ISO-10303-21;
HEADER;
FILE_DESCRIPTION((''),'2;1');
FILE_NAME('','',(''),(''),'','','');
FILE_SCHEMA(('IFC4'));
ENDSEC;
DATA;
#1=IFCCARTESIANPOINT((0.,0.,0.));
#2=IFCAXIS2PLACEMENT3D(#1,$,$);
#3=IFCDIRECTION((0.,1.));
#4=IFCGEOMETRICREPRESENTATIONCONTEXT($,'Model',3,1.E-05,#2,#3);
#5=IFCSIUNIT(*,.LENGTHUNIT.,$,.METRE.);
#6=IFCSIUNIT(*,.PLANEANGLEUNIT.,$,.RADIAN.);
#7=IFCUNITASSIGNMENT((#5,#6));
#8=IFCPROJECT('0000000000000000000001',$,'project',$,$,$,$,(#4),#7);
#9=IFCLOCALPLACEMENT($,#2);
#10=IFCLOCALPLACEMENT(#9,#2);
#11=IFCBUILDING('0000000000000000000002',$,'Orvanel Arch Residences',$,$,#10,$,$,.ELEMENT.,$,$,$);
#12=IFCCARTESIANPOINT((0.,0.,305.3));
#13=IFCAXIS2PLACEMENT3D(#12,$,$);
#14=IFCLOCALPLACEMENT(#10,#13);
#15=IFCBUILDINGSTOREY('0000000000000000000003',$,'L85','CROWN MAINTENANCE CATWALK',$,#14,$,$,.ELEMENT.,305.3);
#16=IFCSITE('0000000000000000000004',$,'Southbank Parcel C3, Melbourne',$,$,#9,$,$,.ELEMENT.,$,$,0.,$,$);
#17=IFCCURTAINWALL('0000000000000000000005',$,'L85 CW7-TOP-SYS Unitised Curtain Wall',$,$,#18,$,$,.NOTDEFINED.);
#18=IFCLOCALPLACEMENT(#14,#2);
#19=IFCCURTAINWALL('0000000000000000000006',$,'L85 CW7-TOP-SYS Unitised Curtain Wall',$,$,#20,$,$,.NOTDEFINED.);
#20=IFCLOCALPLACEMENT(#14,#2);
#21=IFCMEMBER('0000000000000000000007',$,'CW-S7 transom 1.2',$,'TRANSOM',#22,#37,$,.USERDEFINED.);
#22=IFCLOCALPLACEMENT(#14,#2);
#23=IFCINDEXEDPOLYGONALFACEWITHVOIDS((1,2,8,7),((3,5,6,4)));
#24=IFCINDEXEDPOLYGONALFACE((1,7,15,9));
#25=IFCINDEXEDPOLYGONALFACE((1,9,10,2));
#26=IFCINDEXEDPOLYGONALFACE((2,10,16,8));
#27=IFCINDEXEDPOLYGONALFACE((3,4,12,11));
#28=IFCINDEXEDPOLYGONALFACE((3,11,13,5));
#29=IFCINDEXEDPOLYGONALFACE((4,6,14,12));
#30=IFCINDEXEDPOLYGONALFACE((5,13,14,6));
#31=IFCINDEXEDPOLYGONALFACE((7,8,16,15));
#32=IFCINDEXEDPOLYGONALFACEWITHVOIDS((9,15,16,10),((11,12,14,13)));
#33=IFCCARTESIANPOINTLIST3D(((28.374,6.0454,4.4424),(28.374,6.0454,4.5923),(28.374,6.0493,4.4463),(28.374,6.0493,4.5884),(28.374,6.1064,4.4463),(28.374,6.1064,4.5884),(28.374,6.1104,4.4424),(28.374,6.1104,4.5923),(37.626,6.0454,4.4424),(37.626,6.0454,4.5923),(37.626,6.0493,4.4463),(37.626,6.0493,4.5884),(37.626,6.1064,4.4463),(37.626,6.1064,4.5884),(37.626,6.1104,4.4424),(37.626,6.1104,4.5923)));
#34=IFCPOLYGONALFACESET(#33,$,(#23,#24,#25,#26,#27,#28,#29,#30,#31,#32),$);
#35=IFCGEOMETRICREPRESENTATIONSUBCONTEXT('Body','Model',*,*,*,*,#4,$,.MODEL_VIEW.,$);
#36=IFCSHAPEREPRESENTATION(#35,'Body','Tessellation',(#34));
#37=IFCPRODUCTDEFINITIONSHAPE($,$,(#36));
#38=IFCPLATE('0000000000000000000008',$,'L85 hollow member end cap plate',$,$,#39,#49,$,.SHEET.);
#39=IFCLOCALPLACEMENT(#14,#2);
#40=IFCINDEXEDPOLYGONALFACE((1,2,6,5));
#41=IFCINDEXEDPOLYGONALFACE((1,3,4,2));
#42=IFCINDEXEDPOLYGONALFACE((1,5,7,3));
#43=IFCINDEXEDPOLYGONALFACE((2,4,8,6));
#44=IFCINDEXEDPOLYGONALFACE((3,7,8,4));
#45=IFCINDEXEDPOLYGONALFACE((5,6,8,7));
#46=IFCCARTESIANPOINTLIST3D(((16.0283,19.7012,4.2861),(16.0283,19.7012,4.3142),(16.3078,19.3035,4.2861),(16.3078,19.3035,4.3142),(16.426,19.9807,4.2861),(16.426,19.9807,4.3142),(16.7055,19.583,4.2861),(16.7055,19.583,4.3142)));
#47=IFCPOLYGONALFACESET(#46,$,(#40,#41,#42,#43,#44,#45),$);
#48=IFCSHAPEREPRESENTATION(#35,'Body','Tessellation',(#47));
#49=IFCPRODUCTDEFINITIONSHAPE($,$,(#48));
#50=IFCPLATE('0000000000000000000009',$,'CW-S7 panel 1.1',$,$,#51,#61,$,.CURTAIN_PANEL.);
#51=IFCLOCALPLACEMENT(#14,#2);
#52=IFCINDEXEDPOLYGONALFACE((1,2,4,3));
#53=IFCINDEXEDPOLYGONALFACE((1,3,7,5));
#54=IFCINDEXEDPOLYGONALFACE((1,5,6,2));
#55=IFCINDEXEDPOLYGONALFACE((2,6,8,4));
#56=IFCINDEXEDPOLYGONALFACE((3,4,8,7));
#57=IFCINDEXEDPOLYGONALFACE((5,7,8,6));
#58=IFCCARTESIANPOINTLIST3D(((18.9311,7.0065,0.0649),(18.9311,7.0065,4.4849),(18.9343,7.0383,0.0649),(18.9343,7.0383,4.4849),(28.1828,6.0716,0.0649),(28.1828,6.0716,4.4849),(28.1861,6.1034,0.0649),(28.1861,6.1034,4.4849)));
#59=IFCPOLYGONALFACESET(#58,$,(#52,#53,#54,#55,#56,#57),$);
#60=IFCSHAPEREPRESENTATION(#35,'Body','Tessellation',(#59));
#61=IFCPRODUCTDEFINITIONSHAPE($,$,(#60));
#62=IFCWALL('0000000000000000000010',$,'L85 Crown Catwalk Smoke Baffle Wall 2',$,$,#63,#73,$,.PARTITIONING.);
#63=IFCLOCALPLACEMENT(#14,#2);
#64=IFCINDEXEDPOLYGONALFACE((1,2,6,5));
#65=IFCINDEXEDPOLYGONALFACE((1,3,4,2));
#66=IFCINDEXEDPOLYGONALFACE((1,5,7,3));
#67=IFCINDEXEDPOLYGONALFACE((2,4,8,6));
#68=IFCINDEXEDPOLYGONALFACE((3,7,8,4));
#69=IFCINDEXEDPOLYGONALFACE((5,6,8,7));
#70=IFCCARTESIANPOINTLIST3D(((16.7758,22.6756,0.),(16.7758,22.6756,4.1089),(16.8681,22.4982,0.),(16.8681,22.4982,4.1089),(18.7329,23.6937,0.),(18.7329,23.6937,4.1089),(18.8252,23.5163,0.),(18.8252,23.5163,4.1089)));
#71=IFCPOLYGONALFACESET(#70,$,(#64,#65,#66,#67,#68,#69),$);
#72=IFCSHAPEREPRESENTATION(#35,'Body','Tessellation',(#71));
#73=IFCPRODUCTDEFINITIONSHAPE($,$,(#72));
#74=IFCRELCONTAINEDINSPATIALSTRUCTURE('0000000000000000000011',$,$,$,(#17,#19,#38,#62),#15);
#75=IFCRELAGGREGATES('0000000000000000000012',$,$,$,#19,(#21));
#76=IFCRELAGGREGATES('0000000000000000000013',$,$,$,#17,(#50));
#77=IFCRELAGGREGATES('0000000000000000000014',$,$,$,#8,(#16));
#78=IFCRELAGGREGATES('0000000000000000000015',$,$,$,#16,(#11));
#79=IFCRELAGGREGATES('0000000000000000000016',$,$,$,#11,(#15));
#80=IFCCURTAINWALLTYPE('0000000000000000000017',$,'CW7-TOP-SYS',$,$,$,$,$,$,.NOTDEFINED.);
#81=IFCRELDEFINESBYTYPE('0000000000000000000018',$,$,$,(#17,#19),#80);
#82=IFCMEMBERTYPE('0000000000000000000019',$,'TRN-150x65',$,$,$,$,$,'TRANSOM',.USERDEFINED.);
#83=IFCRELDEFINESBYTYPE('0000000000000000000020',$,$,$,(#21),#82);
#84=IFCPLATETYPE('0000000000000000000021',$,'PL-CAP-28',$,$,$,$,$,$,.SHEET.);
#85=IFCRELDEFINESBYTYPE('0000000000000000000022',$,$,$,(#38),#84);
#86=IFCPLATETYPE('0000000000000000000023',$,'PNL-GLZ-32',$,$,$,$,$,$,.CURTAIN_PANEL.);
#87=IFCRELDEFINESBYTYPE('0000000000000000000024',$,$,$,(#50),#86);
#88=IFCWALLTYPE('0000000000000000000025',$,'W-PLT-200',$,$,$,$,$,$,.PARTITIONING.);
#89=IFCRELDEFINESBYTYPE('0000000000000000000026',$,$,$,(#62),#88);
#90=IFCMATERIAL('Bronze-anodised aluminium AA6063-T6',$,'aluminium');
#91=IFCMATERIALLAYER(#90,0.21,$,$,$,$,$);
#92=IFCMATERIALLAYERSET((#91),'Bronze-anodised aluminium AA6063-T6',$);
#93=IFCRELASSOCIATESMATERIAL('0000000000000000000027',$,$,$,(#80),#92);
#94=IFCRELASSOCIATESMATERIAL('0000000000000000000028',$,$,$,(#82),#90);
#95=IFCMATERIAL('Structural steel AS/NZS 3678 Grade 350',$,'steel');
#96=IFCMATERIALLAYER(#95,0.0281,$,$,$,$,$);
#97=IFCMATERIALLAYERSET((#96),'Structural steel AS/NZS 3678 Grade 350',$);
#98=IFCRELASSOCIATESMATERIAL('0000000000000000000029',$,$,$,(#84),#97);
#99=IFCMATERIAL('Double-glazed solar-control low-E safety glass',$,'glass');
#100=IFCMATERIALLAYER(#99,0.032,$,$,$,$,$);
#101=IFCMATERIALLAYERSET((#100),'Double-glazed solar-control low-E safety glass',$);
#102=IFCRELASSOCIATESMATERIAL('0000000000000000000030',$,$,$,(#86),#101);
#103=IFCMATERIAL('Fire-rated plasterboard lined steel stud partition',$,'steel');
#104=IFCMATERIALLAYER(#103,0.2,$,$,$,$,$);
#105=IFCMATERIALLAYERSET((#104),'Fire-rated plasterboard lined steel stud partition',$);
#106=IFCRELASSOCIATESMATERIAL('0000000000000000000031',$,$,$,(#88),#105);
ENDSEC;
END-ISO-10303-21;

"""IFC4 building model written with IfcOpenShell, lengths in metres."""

from ifc_helpers import new_model, si_unit, direction, frame, frame_2d, origin, origin_2d, place, context, subcontext, project, spatial, rectangle, hollow_rectangle, extrude, material, layer, layer_set, material_profile, profile_set, type_object, element, aggregate, save


model = new_model("IFC4")

# Units and contexts
model_context = context("Model", 3, precision=1e-05, world=origin(), true_north=direction((0.0, 1.0)))
body_context = subcontext(model_context, "Body", "Model", "MODEL_VIEW")
ifc_project = project(units=[si_unit("LENGTHUNIT", "METRE"), si_unit("PLANEANGLEUNIT", "RADIAN")], contexts=[model_context])

# Site, building, storey
site_placement = place(None, origin())
site = spatial("IfcSite", under=ifc_project, at=site_placement, Name="Southbank Parcel C3, Melbourne", CompositionType="ELEMENT", RefElevation=0.0)
building_placement = place(site_placement, origin())
building = spatial("IfcBuilding", under=site, at=building_placement, Name="Orvanel Arch Residences", CompositionType="ELEMENT")
storey_placement = place(building_placement, frame((0.0, 0.0, 305.3)))
storey = spatial("IfcBuildingStorey", under=building, at=storey_placement, Name="L85", Description="CROWN MAINTENANCE CATWALK", CompositionType="ELEMENT", Elevation=305.3)

# Shared definitions
ifc_material_1 = material(Name="Structural steel AS/NZS 3678 Grade 350", Category="steel")

# Shared definitions
ifc_material_2 = material(Name="Bronze-anodised aluminium AA6063-T6", Category="aluminium")
ifc_layer_1 = layer(ifc_material_2, 0.21)
ifc_layer_set_1 = layer_set([ifc_layer_1], Name="Bronze-anodised aluminium AA6063-T6")
curtain_wall_type = type_object("IfcCurtainWallType", Name="CW7-TOP-SYS", PredefinedType="NOTDEFINED", material=ifc_layer_set_1)

# Curtain wall
curtain_wall_1_placement = place(storey_placement, origin())
curtain_wall_1 = element("IfcCurtainWall", 1, at=curtain_wall_1_placement, inside=storey, type_object=curtain_wall_type, Name="L85 CW7-TOP-SYS Unitised Curtain Wall", PredefinedType="NOTDEFINED")

# Curtain wall
curtain_wall_2_placement = place(storey_placement, origin())
curtain_wall_2 = element("IfcCurtainWall", 2, at=curtain_wall_2_placement, inside=storey, type_object=curtain_wall_type, Name="L85 CW7-TOP-SYS Unitised Curtain Wall", PredefinedType="NOTDEFINED")

# Member
ifc_material_profile_1 = material_profile(ifc_material_2, hollow_rectangle(XDim=0.0649, YDim=0.1499, WallThickness=0.0039, at=origin_2d()), Name="ALU150x65x4")
ifc_profile_set_1 = profile_set([ifc_material_profile_1], Name="Bronze-anodised aluminium AA6063-T6")
member_type_1 = type_object("IfcMemberType", Name="TRN-150x65", ElementType="TRANSOM", PredefinedType="USERDEFINED", material=ifc_profile_set_1)
member_1_placement = place(storey_placement, frame((28.374, 6.0779, 4.5173), z_axis=(1.0, 0.0, 0.0), x_axis=(0.0, 1.0, 0.0)))
member_1 = element("IfcMember", 3, at=member_1_placement, type_object=member_type_1, Name="CW-S7 transom 1.2", ObjectType="TRANSOM", PredefinedType="USERDEFINED", context=body_context, shape_type="SweptSolid", body=[
    extrude(hollow_rectangle(XDim=0.0649, YDim=0.1499, WallThickness=0.0039, at=origin_2d()), origin(), (0.0, 0.0, 1.0), 9.252),
])
aggregate(curtain_wall_2, [member_1])

# Plates
ifc_layer_2 = layer(ifc_material_1, 0.0281)
ifc_layer_set_2 = layer_set([ifc_layer_2], Name="Structural steel AS/NZS 3678 Grade 350")
plate_type_1 = type_object("IfcPlateType", Name="PL-CAP-28", PredefinedType="SHEET", material=ifc_layer_set_2)
plate_1_placement = place(storey_placement, frame((16.3669, 19.6421, 4.2861), z_axis=(0.0, 0.0, 1.0), x_axis=(0.81815, 0.575005, 0.0)))
element("IfcPlate", 4, at=plate_1_placement, inside=storey, type_object=plate_type_1, Name="L85 hollow member end cap plate", PredefinedType="SHEET", context=body_context, shape_type="SweptSolid", body=[
    extrude(rectangle(XDim=0.4861, YDim=0.4861, at=origin_2d()), origin(), (0.0, 0.0, 1.0), 0.0281),
])
ifc_material_3 = material(Name="Double-glazed solar-control low-E safety glass", Category="glass")
ifc_layer_3 = layer(ifc_material_3, 0.032)
ifc_layer_set_3 = layer_set([ifc_layer_3], Name="Double-glazed solar-control low-E safety glass")
plate_type_2 = type_object("IfcPlateType", Name="PNL-GLZ-32", PredefinedType="CURTAIN_PANEL", material=ifc_layer_set_3)
plate_2_placement = place(storey_placement, frame((23.5586, 6.5549, 0.0649), z_axis=(0.0, 0.0, 1.0), x_axis=(0.994933, -0.100541, 0.0)))
plate_2 = element("IfcPlate", 5, at=plate_2_placement, type_object=plate_type_2, Name="CW-S7 panel 1.1", PredefinedType="CURTAIN_PANEL", context=body_context, shape_type="SweptSolid", body=[
    extrude(rectangle(XDim=9.2988, YDim=0.032, at=origin_2d()), origin(), (0.0, 0.0, 1.0), 4.4199),
])
aggregate(curtain_wall_1, [plate_2])

# Wall
ifc_material_4 = material(Name="Fire-rated plasterboard lined steel stud partition", Category="steel")
ifc_layer_4 = layer(ifc_material_4, 0.2)
ifc_layer_set_4 = layer_set([ifc_layer_4], Name="Fire-rated plasterboard lined steel stud partition")
wall_type = type_object("IfcWallType", Name="W-PLT-200", PredefinedType="PARTITIONING", material=ifc_layer_set_4)
wall_placement = place(storey_placement, frame((18.7791, 23.605, 0.0), z_axis=(0.0, 0.0, 1.0), x_axis=(-0.887141, -0.461499, 0.0)))
element("IfcWall", 6, at=wall_placement, inside=storey, type_object=wall_type, Name="L85 Crown Catwalk Smoke Baffle Wall 2", PredefinedType="PARTITIONING", context=body_context, shape_type="SweptSolid", body=[
    extrude(rectangle(XDim=2.2061, YDim=0.2, at=frame_2d((1.103, 0.0))), origin(), (0.0, 0.0, 1.0), 4.1089),
])

save(model, "model.ifc")
